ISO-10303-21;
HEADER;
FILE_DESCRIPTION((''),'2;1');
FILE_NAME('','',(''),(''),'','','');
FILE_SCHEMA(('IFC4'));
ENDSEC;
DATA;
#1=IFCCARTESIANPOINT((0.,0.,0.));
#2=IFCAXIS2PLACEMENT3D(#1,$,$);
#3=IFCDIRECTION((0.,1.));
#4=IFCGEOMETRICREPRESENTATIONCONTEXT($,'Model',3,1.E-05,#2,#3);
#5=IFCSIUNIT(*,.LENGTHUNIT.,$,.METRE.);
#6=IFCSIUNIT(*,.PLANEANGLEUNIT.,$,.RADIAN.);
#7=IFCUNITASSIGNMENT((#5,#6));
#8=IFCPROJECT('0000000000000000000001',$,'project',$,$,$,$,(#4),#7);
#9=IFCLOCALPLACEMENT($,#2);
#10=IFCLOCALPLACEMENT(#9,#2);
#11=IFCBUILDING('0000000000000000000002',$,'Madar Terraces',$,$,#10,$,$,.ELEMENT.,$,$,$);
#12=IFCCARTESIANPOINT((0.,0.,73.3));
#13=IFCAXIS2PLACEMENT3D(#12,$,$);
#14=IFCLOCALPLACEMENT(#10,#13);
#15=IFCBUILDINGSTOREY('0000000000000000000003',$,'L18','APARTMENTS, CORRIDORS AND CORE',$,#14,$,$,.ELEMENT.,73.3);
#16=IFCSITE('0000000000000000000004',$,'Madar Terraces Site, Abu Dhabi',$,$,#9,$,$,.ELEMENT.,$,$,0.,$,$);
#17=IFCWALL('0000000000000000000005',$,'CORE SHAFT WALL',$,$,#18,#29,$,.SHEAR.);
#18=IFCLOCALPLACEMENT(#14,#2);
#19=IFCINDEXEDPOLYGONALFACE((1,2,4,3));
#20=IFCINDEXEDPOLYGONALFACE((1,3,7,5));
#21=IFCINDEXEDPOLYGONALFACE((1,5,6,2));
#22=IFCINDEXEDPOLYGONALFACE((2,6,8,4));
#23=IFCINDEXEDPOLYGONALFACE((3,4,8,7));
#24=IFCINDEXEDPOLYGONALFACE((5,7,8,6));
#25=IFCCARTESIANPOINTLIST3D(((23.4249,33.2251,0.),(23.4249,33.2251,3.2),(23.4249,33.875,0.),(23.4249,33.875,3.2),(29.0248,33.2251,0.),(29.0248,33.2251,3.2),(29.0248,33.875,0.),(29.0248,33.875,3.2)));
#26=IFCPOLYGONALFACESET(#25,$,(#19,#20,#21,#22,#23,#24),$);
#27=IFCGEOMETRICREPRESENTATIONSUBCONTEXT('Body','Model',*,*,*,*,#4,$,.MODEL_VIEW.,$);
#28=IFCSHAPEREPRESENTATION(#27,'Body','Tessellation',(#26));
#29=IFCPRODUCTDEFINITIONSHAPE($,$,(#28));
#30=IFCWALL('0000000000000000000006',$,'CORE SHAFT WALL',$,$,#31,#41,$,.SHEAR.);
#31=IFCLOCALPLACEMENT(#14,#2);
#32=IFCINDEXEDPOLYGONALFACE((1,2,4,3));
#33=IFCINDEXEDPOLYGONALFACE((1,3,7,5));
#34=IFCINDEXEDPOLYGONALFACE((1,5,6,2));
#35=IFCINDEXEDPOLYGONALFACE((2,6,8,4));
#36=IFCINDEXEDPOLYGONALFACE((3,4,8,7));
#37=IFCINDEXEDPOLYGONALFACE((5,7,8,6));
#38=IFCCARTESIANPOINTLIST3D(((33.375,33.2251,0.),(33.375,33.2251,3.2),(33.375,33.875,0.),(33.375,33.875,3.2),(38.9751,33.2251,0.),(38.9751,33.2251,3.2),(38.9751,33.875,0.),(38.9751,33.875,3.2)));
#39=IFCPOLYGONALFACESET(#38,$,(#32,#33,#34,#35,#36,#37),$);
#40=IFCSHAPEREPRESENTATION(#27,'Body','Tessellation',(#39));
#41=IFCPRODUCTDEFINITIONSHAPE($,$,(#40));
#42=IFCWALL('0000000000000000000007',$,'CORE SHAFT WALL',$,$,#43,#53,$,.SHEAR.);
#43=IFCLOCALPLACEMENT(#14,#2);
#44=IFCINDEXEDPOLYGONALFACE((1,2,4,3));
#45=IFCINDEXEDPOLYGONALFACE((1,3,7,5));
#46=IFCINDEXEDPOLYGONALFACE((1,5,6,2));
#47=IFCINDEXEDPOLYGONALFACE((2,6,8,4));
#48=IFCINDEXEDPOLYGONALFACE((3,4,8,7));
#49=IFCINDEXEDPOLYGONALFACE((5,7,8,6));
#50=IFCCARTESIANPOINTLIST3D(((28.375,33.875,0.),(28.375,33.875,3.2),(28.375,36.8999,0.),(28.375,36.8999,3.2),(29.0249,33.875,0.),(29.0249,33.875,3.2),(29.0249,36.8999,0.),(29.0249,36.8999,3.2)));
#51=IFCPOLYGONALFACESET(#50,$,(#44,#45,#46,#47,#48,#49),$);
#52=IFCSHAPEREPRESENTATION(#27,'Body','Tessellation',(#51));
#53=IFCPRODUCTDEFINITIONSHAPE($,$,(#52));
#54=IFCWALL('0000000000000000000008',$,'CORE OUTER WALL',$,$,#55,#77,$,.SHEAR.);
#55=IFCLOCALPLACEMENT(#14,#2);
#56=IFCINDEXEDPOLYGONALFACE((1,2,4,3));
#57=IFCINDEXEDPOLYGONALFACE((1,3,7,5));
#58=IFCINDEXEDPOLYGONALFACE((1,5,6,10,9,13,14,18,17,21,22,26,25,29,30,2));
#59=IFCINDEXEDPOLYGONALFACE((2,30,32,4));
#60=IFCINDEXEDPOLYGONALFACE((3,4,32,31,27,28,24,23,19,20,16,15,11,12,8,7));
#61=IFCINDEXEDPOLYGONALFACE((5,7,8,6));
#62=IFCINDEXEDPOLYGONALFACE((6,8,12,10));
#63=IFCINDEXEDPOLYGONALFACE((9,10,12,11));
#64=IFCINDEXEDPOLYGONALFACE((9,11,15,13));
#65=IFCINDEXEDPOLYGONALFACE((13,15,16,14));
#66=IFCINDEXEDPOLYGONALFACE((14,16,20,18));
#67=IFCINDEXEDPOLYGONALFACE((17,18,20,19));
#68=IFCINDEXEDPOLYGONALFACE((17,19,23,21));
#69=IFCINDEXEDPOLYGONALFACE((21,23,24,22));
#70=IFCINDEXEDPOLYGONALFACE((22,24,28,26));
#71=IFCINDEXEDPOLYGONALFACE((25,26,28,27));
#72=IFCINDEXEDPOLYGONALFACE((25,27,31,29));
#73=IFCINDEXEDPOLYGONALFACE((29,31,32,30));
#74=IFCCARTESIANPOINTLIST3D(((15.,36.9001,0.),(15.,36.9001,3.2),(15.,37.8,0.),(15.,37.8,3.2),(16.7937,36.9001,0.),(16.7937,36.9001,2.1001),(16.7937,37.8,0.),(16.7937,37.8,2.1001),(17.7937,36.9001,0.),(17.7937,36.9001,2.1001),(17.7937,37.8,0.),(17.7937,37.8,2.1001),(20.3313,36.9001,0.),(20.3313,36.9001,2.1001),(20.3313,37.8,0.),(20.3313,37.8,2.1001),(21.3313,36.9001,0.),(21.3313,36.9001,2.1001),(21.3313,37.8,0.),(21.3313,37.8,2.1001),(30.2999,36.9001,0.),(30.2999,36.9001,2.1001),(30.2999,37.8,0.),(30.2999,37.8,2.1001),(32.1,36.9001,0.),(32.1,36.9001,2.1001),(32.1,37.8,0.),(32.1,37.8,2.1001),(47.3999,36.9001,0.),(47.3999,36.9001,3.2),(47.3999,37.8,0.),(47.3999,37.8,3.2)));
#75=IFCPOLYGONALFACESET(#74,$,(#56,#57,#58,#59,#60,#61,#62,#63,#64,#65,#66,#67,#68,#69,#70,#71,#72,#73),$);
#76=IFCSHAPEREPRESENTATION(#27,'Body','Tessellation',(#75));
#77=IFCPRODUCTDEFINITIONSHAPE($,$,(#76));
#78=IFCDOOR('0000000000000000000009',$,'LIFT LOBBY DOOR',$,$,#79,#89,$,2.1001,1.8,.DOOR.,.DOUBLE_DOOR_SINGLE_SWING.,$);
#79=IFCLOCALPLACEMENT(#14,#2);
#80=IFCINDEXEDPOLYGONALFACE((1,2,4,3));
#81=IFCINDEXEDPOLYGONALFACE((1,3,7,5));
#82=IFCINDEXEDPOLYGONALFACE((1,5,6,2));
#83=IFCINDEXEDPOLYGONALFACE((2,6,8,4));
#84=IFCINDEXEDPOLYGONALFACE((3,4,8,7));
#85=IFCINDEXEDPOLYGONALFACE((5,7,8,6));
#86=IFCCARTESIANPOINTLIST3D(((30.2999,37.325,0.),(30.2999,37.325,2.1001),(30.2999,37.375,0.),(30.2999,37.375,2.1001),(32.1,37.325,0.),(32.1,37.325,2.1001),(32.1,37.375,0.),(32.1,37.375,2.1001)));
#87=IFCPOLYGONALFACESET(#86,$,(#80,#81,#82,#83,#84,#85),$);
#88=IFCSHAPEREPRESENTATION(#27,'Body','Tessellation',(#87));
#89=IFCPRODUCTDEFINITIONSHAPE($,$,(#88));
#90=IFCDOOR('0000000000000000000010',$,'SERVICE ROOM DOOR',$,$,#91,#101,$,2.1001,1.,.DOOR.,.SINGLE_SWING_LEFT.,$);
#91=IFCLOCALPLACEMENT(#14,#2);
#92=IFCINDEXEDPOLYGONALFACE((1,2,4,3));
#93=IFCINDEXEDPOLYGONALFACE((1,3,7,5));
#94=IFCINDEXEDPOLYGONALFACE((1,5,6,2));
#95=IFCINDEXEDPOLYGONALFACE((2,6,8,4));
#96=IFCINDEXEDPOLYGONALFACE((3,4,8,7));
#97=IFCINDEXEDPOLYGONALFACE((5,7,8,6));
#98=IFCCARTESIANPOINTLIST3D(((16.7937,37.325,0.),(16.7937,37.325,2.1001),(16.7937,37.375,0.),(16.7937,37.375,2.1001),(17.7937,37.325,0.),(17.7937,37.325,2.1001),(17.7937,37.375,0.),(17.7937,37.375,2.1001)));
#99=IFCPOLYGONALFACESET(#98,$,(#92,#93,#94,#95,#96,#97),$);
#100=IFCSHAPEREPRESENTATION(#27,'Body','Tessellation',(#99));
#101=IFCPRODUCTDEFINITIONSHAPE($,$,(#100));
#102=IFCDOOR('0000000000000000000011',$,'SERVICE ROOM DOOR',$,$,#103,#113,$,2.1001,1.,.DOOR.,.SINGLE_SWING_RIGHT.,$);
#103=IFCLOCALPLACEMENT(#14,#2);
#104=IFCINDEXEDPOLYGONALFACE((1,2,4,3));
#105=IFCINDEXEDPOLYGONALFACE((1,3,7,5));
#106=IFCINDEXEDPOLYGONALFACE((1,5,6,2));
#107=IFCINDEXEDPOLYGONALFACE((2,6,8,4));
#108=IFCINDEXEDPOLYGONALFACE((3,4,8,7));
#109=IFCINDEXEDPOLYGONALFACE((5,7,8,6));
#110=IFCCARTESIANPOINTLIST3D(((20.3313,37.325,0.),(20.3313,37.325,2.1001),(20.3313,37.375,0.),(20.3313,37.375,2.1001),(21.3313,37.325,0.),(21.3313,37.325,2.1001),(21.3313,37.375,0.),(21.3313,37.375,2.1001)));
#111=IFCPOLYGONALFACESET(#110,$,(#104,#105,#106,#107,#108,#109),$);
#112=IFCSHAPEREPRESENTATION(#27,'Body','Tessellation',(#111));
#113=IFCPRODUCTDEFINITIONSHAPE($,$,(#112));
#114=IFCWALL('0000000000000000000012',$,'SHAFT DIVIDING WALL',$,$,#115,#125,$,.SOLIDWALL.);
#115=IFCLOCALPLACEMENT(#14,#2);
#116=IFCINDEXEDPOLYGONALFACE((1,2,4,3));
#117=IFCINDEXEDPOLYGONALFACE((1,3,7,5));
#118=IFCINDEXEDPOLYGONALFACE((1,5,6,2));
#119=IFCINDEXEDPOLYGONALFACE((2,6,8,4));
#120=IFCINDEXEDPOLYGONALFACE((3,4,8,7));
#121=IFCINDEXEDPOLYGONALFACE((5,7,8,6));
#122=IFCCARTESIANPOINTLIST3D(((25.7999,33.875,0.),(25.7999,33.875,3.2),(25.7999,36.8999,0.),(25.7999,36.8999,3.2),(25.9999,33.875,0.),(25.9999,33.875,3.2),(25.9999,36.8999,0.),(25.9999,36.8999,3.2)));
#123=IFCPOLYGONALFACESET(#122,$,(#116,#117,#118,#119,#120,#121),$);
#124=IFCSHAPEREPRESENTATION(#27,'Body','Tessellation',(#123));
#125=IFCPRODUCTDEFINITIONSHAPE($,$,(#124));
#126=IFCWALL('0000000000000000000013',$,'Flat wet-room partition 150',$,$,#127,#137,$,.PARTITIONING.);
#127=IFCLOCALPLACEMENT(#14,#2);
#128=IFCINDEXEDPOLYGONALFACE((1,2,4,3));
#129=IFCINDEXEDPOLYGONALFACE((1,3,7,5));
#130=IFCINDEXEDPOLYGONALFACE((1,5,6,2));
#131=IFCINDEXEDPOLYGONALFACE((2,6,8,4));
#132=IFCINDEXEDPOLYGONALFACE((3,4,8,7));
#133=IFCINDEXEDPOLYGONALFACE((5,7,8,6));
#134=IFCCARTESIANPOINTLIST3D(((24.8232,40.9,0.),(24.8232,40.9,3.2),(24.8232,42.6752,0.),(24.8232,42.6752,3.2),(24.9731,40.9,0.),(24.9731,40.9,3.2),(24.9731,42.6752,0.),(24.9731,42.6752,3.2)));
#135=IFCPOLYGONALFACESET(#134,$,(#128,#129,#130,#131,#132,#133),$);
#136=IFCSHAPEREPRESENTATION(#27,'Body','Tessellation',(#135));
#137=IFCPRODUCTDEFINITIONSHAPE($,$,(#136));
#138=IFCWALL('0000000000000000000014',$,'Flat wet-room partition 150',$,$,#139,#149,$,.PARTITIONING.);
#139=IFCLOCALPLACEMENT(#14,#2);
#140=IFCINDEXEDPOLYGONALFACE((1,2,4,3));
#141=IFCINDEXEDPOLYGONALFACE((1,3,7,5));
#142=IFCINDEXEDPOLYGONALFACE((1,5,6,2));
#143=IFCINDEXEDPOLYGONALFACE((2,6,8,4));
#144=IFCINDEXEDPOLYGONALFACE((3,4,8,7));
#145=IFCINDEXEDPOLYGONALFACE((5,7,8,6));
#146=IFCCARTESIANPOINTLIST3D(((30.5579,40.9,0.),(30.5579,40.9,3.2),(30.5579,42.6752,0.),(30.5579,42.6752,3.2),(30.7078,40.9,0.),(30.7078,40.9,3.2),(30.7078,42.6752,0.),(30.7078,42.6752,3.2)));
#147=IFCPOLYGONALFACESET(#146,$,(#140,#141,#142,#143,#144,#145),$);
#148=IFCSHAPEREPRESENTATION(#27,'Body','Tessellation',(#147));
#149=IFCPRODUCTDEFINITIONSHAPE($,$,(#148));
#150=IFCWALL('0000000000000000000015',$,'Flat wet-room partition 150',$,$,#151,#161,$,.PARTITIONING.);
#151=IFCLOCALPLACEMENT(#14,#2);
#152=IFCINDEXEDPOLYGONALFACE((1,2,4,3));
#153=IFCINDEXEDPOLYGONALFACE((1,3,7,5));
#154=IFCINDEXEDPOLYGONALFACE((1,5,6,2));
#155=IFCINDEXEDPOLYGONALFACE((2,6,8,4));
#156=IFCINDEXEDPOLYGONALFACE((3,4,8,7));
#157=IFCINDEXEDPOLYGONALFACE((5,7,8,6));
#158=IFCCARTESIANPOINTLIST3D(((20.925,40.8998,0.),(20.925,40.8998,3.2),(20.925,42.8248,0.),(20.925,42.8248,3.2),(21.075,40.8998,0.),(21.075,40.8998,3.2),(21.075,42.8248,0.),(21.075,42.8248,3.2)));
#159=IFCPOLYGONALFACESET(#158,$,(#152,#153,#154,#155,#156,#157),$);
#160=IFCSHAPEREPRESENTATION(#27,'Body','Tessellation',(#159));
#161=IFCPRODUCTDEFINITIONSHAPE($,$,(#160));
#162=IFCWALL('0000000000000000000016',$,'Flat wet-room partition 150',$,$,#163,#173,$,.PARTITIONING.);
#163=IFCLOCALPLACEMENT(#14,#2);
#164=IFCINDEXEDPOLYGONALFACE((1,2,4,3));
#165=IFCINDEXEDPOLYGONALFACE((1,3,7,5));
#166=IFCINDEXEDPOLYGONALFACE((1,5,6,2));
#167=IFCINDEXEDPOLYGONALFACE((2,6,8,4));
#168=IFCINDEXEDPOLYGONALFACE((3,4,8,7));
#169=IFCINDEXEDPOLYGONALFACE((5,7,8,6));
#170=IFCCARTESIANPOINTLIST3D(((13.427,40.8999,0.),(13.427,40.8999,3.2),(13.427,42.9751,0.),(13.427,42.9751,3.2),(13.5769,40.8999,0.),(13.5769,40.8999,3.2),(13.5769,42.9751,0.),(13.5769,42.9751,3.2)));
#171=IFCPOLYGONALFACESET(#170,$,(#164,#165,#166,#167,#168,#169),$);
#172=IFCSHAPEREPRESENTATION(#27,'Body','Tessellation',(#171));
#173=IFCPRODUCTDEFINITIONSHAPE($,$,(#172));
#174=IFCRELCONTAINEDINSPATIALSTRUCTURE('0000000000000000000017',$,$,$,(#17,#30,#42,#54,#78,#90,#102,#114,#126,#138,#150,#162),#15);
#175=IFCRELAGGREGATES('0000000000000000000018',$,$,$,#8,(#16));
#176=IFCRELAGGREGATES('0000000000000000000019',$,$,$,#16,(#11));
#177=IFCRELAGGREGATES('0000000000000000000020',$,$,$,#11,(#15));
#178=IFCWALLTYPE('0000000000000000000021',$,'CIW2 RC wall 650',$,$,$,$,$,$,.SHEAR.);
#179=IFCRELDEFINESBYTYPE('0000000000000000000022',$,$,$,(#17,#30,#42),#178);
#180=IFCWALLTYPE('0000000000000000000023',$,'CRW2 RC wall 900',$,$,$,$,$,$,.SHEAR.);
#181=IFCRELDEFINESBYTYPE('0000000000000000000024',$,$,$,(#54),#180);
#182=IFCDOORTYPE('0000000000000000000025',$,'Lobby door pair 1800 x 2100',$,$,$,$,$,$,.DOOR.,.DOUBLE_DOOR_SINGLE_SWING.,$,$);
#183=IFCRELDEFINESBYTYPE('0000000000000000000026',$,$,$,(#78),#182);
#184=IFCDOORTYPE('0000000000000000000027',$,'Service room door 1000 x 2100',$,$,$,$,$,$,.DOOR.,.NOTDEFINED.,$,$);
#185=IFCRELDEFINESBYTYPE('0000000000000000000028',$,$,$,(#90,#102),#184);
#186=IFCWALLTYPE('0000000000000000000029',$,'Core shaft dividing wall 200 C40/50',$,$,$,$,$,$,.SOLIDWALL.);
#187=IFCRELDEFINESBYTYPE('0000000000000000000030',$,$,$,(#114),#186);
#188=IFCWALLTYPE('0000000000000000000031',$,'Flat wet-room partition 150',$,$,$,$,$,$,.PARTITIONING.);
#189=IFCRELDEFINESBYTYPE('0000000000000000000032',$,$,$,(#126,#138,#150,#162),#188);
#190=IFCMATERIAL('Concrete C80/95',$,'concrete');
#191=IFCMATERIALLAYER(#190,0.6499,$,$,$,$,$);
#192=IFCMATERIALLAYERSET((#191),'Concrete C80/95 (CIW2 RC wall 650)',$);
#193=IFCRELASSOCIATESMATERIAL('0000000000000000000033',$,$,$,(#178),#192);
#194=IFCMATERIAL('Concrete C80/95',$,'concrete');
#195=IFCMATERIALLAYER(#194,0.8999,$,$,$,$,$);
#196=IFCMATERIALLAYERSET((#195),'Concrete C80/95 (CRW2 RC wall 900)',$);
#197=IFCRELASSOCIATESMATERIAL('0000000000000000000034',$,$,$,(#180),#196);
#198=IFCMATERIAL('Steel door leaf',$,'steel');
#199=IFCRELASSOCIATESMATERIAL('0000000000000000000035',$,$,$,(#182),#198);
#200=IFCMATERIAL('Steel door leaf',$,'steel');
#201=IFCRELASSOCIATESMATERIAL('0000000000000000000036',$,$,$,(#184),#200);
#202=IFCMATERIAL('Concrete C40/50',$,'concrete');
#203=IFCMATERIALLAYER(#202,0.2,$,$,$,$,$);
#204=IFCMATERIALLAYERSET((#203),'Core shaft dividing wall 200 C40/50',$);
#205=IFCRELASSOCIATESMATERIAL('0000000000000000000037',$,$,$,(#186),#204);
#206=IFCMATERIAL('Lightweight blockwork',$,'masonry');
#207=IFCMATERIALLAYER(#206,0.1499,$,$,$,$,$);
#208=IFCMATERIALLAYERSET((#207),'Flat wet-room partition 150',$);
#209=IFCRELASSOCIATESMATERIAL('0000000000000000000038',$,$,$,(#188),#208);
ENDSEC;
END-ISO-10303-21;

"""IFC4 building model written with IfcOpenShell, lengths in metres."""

from ifc_helpers import new_model, si_unit, direction, frame, frame_2d, origin, place, context, subcontext, project, spatial, rectangle, extrude, material, layer, layer_set, type_object, element, fill, save


model = new_model("IFC4")

# Units and contexts
model_context = context("Model", 3, precision=1e-05, world=origin(), true_north=direction((0.0, 1.0)))
body_context = subcontext(model_context, "Body", "Model", "MODEL_VIEW")
ifc_project = project(units=[si_unit("LENGTHUNIT", "METRE"), si_unit("PLANEANGLEUNIT", "RADIAN")], contexts=[model_context])

# Site, building, storey
site_placement = place(None, origin())
site = spatial("IfcSite", under=ifc_project, at=site_placement, Name="Madar Terraces Site, Abu Dhabi", CompositionType="ELEMENT", RefElevation=0.0)
building_placement = place(site_placement, origin())
building = spatial("IfcBuilding", under=site, at=building_placement, Name="Madar Terraces", CompositionType="ELEMENT")
storey_placement = place(building_placement, frame((0.0, 0.0, 73.3)))
storey = spatial("IfcBuildingStorey", under=building, at=storey_placement, Name="L18", Description="APARTMENTS, CORRIDORS AND CORE", CompositionType="ELEMENT", Elevation=73.3)

# Walls
ifc_material_1 = material(Name="Concrete C80/95", Category="concrete")
ifc_layer_1 = layer(ifc_material_1, 0.6499)
ifc_layer_set_1 = layer_set([ifc_layer_1], Name="Concrete C80/95 (CIW2 RC wall 650)")
wall_type_1 = type_object("IfcWallType", Name="CIW2 RC wall 650", PredefinedType="SHEAR", material=ifc_layer_set_1)
wall_1_placement = place(storey_placement, frame((23.425, 33.55, 0.0), z_axis=(0.0, 0.0, 1.0), x_axis=(1.0, 0.0, 0.0)))
element("IfcWall", 1, at=wall_1_placement, inside=storey, type_object=wall_type_1, Name="CORE SHAFT WALL", PredefinedType="SHEAR", context=body_context, shape_type="SweptSolid", body=[
    extrude(rectangle(XDim=5.5999, YDim=0.6499, at=frame_2d((2.7998, 0.0))), origin(), (0.0, 0.0, 1.0), 3.2),
])
wall_2_placement = place(storey_placement, frame((33.375, 33.55, 0.0), z_axis=(0.0, 0.0, 1.0), x_axis=(1.0, 0.0, 0.0)))
element("IfcWall", 2, at=wall_2_placement, inside=storey, type_object=wall_type_1, Name="CORE SHAFT WALL", PredefinedType="SHEAR", context=body_context, shape_type="SweptSolid", body=[
    extrude(rectangle(XDim=5.6001, YDim=0.6499, at=frame_2d((2.8, 0.0))), origin(), (0.0, 0.0, 1.0), 3.2),
])
wall_3_placement = place(storey_placement, frame((28.7, 33.875, 0.0), z_axis=(0.0, 0.0, 1.0), x_axis=(0.0, 1.0, 0.0)))
element("IfcWall", 3, at=wall_3_placement, inside=storey, type_object=wall_type_1, Name="CORE SHAFT WALL", PredefinedType="SHEAR", context=body_context, shape_type="SweptSolid", body=[
    extrude(rectangle(XDim=3.0249, YDim=0.6499, at=frame_2d((1.5125, 0.0))), origin(), (0.0, 0.0, 1.0), 3.2),
])

# Wall, openings, doors
ifc_material_2 = material(Name="Concrete C80/95", Category="concrete")
ifc_layer_2 = layer(ifc_material_2, 0.8999)
ifc_layer_set_2 = layer_set([ifc_layer_2], Name="Concrete C80/95 (CRW2 RC wall 900)")
wall_type_2 = type_object("IfcWallType", Name="CRW2 RC wall 900", PredefinedType="SHEAR", material=ifc_layer_set_2)
wall_4_placement = place(storey_placement, frame((15.0, 37.3501, 0.0), z_axis=(0.0, 0.0, 1.0), x_axis=(1.0, 0.0, 0.0)))
wall_4 = element("IfcWall", 4, at=wall_4_placement, inside=storey, type_object=wall_type_2, Name="CORE OUTER WALL", PredefinedType="SHEAR", context=body_context, shape_type="SweptSolid", body=[
    extrude(rectangle(XDim=32.3999, YDim=0.8999, at=frame_2d((16.2, 0.0))), origin(), (0.0, 0.0, 1.0), 3.2),
])
opening_1_placement = place(wall_4_placement, frame((15.3, 0.0, 0.0)))
opening_1 = element("IfcOpeningElement", 5, at=opening_1_placement, cuts=wall_4, PredefinedType="OPENING", context=body_context, shape_type="SweptSolid", body=[
    extrude(rectangle(XDim=1.8, YDim=2.1001, at=frame_2d((0.8999, 1.05))), frame((0.0, 0.46, 0.0), z_axis=(0.0, -1.0, 0.0), x_axis=(1.0, 0.0, 0.0)), (0.0, 0.0, 1.0), 0.9199),
])
opening_2_placement = place(wall_4_placement, frame((1.7937, 0.0, 0.0)))
opening_2 = element("IfcOpeningElement", 6, at=opening_2_placement, cuts=wall_4, PredefinedType="OPENING", context=body_context, shape_type="SweptSolid", body=[
    extrude(rectangle(XDim=1.0, YDim=2.1001, at=frame_2d((0.5, 1.05))), frame((0.0, 0.46, 0.0), z_axis=(0.0, -1.0, 0.0), x_axis=(1.0, 0.0, 0.0)), (0.0, 0.0, 1.0), 0.9199),
])
opening_3_placement = place(wall_4_placement, frame((5.3313, 0.0, 0.0)))
opening_3 = element("IfcOpeningElement", 7, at=opening_3_placement, cuts=wall_4, PredefinedType="OPENING", context=body_context, shape_type="SweptSolid", body=[
    extrude(rectangle(XDim=1.0, YDim=2.1001, at=frame_2d((0.5, 1.05))), frame((0.0, 0.46, 0.0), z_axis=(0.0, -1.0, 0.0), x_axis=(1.0, 0.0, 0.0)), (0.0, 0.0, 1.0), 0.9199),
])
ifc_material_3 = material(Name="Steel door leaf", Category="steel")
door_type_1 = type_object("IfcDoorType", Name="Lobby door pair 1800 x 2100", OperationType="DOUBLE_DOOR_SINGLE_SWING", PredefinedType="DOOR", material=ifc_material_3)
door_1_placement = place(opening_1_placement, origin())
door_1 = element("IfcDoor", 8, at=door_1_placement, inside=storey, type_object=door_type_1, Name="LIFT LOBBY DOOR", OperationType="DOUBLE_DOOR_SINGLE_SWING", OverallHeight=2.1001, OverallWidth=1.8, PredefinedType="DOOR", context=body_context, shape_type="SweptSolid", body=[
    extrude(rectangle(XDim=1.8, YDim=2.1001, at=frame_2d((0.8999, 1.05))), frame((0.0, 0.0249, 0.0), z_axis=(0.0, -1.0, 0.0), x_axis=(1.0, 0.0, 0.0)), (0.0, 0.0, 1.0), 0.05),
])
fill(opening_1, door_1)
ifc_material_4 = material(Name="Steel door leaf", Category="steel")
door_type_2 = type_object("IfcDoorType", Name="Service room door 1000 x 2100", OperationType="NOTDEFINED", PredefinedType="DOOR", material=ifc_material_4)
door_2_placement = place(opening_2_placement, origin())
door_2 = element("IfcDoor", 9, at=door_2_placement, inside=storey, type_object=door_type_2, Name="SERVICE ROOM DOOR", OperationType="SINGLE_SWING_LEFT", OverallHeight=2.1001, OverallWidth=1.0, PredefinedType="DOOR", context=body_context, shape_type="SweptSolid", body=[
    extrude(rectangle(XDim=1.0, YDim=2.1001, at=frame_2d((0.5, 1.05))), frame((0.0, 0.0249, 0.0), z_axis=(0.0, -1.0, 0.0), x_axis=(1.0, 0.0, 0.0)), (0.0, 0.0, 1.0), 0.05),
])
fill(opening_2, door_2)
door_3_placement = place(opening_3_placement, origin())
door_3 = element("IfcDoor", 10, at=door_3_placement, inside=storey, type_object=door_type_2, Name="SERVICE ROOM DOOR", OperationType="SINGLE_SWING_RIGHT", OverallHeight=2.1001, OverallWidth=1.0, PredefinedType="DOOR", context=body_context, shape_type="SweptSolid", body=[
    extrude(rectangle(XDim=1.0, YDim=2.1001, at=frame_2d((0.5, 1.05))), frame((0.0, 0.0249, 0.0), z_axis=(0.0, -1.0, 0.0), x_axis=(1.0, 0.0, 0.0)), (0.0, 0.0, 1.0), 0.05),
])
fill(opening_3, door_3)

# Walls
ifc_material_5 = material(Name="Concrete C40/50", Category="concrete")
ifc_layer_3 = layer(ifc_material_5, 0.2)
ifc_layer_set_3 = layer_set([ifc_layer_3], Name="Core shaft dividing wall 200 C40/50")
wall_type_3 = type_object("IfcWallType", Name="Core shaft dividing wall 200 C40/50", PredefinedType="SOLIDWALL", material=ifc_layer_set_3)
wall_5_placement = place(storey_placement, frame((25.8999, 33.875, 0.0), z_axis=(0.0, 0.0, 1.0), x_axis=(0.0, 1.0, 0.0)))
element("IfcWall", 11, at=wall_5_placement, inside=storey, type_object=wall_type_3, Name="SHAFT DIVIDING WALL", PredefinedType="SOLIDWALL", context=body_context, shape_type="SweptSolid", body=[
    extrude(rectangle(XDim=3.0249, YDim=0.2, at=frame_2d((1.5125, 0.0))), origin(), (0.0, 0.0, 1.0), 3.2),
])
ifc_material_6 = material(Name="Lightweight blockwork", Category="masonry")
ifc_layer_4 = layer(ifc_material_6, 0.1499)
ifc_layer_set_4 = layer_set([ifc_layer_4], Name="Flat wet-room partition 150")
wall_type_4 = type_object("IfcWallType", Name="Flat wet-room partition 150", PredefinedType="PARTITIONING", material=ifc_layer_set_4)
for number, where, z_axis, x_axis, name in (
    (12, (24.8982, 40.8999, 0.0), (0.0, 0.0, 1.0), (0.0, 1.0, 0.0), "Flat wet-room partition 150"),
    (13, (30.6328, 40.8999, 0.0), (0.0, 0.0, 1.0), (0.0, 1.0, 0.0), "Flat wet-room partition 150"),
):
    element("IfcWall", number, at=place(storey_placement, frame(where, z_axis=z_axis, x_axis=x_axis)), inside=storey, type_object=wall_type_4, Name=name, PredefinedType="PARTITIONING", context=body_context, shape_type="SweptSolid", body=[
        extrude(rectangle(XDim=1.7751, YDim=0.1499, at=frame_2d((0.8877, 0.0))), origin(), (0.0, 0.0, 1.0), 3.2),
    ])
wall_6_placement = place(storey_placement, frame((21.0, 40.8999, 0.0), z_axis=(0.0, 0.0, 1.0), x_axis=(0.0, 1.0, 0.0)))
element("IfcWall", 14, at=wall_6_placement, inside=storey, type_object=wall_type_4, Name="Flat wet-room partition 150", PredefinedType="PARTITIONING", context=body_context, shape_type="SweptSolid", body=[
    extrude(rectangle(XDim=1.925, YDim=0.1499, at=frame_2d((0.9624, 0.0))), origin(), (0.0, 0.0, 1.0), 3.2),
])
wall_7_placement = place(storey_placement, frame((13.502, 40.8999, 0.0), z_axis=(0.0, 0.0, 1.0), x_axis=(0.0, 1.0, 0.0)))
element("IfcWall", 15, at=wall_7_placement, inside=storey, type_object=wall_type_4, Name="Flat wet-room partition 150", PredefinedType="PARTITIONING", context=body_context, shape_type="SweptSolid", body=[
    extrude(rectangle(XDim=2.0752, YDim=0.1499, at=frame_2d((1.0376, 0.0))), origin(), (0.0, 0.0, 1.0), 3.2),
])

save(model, "model.ifc")
